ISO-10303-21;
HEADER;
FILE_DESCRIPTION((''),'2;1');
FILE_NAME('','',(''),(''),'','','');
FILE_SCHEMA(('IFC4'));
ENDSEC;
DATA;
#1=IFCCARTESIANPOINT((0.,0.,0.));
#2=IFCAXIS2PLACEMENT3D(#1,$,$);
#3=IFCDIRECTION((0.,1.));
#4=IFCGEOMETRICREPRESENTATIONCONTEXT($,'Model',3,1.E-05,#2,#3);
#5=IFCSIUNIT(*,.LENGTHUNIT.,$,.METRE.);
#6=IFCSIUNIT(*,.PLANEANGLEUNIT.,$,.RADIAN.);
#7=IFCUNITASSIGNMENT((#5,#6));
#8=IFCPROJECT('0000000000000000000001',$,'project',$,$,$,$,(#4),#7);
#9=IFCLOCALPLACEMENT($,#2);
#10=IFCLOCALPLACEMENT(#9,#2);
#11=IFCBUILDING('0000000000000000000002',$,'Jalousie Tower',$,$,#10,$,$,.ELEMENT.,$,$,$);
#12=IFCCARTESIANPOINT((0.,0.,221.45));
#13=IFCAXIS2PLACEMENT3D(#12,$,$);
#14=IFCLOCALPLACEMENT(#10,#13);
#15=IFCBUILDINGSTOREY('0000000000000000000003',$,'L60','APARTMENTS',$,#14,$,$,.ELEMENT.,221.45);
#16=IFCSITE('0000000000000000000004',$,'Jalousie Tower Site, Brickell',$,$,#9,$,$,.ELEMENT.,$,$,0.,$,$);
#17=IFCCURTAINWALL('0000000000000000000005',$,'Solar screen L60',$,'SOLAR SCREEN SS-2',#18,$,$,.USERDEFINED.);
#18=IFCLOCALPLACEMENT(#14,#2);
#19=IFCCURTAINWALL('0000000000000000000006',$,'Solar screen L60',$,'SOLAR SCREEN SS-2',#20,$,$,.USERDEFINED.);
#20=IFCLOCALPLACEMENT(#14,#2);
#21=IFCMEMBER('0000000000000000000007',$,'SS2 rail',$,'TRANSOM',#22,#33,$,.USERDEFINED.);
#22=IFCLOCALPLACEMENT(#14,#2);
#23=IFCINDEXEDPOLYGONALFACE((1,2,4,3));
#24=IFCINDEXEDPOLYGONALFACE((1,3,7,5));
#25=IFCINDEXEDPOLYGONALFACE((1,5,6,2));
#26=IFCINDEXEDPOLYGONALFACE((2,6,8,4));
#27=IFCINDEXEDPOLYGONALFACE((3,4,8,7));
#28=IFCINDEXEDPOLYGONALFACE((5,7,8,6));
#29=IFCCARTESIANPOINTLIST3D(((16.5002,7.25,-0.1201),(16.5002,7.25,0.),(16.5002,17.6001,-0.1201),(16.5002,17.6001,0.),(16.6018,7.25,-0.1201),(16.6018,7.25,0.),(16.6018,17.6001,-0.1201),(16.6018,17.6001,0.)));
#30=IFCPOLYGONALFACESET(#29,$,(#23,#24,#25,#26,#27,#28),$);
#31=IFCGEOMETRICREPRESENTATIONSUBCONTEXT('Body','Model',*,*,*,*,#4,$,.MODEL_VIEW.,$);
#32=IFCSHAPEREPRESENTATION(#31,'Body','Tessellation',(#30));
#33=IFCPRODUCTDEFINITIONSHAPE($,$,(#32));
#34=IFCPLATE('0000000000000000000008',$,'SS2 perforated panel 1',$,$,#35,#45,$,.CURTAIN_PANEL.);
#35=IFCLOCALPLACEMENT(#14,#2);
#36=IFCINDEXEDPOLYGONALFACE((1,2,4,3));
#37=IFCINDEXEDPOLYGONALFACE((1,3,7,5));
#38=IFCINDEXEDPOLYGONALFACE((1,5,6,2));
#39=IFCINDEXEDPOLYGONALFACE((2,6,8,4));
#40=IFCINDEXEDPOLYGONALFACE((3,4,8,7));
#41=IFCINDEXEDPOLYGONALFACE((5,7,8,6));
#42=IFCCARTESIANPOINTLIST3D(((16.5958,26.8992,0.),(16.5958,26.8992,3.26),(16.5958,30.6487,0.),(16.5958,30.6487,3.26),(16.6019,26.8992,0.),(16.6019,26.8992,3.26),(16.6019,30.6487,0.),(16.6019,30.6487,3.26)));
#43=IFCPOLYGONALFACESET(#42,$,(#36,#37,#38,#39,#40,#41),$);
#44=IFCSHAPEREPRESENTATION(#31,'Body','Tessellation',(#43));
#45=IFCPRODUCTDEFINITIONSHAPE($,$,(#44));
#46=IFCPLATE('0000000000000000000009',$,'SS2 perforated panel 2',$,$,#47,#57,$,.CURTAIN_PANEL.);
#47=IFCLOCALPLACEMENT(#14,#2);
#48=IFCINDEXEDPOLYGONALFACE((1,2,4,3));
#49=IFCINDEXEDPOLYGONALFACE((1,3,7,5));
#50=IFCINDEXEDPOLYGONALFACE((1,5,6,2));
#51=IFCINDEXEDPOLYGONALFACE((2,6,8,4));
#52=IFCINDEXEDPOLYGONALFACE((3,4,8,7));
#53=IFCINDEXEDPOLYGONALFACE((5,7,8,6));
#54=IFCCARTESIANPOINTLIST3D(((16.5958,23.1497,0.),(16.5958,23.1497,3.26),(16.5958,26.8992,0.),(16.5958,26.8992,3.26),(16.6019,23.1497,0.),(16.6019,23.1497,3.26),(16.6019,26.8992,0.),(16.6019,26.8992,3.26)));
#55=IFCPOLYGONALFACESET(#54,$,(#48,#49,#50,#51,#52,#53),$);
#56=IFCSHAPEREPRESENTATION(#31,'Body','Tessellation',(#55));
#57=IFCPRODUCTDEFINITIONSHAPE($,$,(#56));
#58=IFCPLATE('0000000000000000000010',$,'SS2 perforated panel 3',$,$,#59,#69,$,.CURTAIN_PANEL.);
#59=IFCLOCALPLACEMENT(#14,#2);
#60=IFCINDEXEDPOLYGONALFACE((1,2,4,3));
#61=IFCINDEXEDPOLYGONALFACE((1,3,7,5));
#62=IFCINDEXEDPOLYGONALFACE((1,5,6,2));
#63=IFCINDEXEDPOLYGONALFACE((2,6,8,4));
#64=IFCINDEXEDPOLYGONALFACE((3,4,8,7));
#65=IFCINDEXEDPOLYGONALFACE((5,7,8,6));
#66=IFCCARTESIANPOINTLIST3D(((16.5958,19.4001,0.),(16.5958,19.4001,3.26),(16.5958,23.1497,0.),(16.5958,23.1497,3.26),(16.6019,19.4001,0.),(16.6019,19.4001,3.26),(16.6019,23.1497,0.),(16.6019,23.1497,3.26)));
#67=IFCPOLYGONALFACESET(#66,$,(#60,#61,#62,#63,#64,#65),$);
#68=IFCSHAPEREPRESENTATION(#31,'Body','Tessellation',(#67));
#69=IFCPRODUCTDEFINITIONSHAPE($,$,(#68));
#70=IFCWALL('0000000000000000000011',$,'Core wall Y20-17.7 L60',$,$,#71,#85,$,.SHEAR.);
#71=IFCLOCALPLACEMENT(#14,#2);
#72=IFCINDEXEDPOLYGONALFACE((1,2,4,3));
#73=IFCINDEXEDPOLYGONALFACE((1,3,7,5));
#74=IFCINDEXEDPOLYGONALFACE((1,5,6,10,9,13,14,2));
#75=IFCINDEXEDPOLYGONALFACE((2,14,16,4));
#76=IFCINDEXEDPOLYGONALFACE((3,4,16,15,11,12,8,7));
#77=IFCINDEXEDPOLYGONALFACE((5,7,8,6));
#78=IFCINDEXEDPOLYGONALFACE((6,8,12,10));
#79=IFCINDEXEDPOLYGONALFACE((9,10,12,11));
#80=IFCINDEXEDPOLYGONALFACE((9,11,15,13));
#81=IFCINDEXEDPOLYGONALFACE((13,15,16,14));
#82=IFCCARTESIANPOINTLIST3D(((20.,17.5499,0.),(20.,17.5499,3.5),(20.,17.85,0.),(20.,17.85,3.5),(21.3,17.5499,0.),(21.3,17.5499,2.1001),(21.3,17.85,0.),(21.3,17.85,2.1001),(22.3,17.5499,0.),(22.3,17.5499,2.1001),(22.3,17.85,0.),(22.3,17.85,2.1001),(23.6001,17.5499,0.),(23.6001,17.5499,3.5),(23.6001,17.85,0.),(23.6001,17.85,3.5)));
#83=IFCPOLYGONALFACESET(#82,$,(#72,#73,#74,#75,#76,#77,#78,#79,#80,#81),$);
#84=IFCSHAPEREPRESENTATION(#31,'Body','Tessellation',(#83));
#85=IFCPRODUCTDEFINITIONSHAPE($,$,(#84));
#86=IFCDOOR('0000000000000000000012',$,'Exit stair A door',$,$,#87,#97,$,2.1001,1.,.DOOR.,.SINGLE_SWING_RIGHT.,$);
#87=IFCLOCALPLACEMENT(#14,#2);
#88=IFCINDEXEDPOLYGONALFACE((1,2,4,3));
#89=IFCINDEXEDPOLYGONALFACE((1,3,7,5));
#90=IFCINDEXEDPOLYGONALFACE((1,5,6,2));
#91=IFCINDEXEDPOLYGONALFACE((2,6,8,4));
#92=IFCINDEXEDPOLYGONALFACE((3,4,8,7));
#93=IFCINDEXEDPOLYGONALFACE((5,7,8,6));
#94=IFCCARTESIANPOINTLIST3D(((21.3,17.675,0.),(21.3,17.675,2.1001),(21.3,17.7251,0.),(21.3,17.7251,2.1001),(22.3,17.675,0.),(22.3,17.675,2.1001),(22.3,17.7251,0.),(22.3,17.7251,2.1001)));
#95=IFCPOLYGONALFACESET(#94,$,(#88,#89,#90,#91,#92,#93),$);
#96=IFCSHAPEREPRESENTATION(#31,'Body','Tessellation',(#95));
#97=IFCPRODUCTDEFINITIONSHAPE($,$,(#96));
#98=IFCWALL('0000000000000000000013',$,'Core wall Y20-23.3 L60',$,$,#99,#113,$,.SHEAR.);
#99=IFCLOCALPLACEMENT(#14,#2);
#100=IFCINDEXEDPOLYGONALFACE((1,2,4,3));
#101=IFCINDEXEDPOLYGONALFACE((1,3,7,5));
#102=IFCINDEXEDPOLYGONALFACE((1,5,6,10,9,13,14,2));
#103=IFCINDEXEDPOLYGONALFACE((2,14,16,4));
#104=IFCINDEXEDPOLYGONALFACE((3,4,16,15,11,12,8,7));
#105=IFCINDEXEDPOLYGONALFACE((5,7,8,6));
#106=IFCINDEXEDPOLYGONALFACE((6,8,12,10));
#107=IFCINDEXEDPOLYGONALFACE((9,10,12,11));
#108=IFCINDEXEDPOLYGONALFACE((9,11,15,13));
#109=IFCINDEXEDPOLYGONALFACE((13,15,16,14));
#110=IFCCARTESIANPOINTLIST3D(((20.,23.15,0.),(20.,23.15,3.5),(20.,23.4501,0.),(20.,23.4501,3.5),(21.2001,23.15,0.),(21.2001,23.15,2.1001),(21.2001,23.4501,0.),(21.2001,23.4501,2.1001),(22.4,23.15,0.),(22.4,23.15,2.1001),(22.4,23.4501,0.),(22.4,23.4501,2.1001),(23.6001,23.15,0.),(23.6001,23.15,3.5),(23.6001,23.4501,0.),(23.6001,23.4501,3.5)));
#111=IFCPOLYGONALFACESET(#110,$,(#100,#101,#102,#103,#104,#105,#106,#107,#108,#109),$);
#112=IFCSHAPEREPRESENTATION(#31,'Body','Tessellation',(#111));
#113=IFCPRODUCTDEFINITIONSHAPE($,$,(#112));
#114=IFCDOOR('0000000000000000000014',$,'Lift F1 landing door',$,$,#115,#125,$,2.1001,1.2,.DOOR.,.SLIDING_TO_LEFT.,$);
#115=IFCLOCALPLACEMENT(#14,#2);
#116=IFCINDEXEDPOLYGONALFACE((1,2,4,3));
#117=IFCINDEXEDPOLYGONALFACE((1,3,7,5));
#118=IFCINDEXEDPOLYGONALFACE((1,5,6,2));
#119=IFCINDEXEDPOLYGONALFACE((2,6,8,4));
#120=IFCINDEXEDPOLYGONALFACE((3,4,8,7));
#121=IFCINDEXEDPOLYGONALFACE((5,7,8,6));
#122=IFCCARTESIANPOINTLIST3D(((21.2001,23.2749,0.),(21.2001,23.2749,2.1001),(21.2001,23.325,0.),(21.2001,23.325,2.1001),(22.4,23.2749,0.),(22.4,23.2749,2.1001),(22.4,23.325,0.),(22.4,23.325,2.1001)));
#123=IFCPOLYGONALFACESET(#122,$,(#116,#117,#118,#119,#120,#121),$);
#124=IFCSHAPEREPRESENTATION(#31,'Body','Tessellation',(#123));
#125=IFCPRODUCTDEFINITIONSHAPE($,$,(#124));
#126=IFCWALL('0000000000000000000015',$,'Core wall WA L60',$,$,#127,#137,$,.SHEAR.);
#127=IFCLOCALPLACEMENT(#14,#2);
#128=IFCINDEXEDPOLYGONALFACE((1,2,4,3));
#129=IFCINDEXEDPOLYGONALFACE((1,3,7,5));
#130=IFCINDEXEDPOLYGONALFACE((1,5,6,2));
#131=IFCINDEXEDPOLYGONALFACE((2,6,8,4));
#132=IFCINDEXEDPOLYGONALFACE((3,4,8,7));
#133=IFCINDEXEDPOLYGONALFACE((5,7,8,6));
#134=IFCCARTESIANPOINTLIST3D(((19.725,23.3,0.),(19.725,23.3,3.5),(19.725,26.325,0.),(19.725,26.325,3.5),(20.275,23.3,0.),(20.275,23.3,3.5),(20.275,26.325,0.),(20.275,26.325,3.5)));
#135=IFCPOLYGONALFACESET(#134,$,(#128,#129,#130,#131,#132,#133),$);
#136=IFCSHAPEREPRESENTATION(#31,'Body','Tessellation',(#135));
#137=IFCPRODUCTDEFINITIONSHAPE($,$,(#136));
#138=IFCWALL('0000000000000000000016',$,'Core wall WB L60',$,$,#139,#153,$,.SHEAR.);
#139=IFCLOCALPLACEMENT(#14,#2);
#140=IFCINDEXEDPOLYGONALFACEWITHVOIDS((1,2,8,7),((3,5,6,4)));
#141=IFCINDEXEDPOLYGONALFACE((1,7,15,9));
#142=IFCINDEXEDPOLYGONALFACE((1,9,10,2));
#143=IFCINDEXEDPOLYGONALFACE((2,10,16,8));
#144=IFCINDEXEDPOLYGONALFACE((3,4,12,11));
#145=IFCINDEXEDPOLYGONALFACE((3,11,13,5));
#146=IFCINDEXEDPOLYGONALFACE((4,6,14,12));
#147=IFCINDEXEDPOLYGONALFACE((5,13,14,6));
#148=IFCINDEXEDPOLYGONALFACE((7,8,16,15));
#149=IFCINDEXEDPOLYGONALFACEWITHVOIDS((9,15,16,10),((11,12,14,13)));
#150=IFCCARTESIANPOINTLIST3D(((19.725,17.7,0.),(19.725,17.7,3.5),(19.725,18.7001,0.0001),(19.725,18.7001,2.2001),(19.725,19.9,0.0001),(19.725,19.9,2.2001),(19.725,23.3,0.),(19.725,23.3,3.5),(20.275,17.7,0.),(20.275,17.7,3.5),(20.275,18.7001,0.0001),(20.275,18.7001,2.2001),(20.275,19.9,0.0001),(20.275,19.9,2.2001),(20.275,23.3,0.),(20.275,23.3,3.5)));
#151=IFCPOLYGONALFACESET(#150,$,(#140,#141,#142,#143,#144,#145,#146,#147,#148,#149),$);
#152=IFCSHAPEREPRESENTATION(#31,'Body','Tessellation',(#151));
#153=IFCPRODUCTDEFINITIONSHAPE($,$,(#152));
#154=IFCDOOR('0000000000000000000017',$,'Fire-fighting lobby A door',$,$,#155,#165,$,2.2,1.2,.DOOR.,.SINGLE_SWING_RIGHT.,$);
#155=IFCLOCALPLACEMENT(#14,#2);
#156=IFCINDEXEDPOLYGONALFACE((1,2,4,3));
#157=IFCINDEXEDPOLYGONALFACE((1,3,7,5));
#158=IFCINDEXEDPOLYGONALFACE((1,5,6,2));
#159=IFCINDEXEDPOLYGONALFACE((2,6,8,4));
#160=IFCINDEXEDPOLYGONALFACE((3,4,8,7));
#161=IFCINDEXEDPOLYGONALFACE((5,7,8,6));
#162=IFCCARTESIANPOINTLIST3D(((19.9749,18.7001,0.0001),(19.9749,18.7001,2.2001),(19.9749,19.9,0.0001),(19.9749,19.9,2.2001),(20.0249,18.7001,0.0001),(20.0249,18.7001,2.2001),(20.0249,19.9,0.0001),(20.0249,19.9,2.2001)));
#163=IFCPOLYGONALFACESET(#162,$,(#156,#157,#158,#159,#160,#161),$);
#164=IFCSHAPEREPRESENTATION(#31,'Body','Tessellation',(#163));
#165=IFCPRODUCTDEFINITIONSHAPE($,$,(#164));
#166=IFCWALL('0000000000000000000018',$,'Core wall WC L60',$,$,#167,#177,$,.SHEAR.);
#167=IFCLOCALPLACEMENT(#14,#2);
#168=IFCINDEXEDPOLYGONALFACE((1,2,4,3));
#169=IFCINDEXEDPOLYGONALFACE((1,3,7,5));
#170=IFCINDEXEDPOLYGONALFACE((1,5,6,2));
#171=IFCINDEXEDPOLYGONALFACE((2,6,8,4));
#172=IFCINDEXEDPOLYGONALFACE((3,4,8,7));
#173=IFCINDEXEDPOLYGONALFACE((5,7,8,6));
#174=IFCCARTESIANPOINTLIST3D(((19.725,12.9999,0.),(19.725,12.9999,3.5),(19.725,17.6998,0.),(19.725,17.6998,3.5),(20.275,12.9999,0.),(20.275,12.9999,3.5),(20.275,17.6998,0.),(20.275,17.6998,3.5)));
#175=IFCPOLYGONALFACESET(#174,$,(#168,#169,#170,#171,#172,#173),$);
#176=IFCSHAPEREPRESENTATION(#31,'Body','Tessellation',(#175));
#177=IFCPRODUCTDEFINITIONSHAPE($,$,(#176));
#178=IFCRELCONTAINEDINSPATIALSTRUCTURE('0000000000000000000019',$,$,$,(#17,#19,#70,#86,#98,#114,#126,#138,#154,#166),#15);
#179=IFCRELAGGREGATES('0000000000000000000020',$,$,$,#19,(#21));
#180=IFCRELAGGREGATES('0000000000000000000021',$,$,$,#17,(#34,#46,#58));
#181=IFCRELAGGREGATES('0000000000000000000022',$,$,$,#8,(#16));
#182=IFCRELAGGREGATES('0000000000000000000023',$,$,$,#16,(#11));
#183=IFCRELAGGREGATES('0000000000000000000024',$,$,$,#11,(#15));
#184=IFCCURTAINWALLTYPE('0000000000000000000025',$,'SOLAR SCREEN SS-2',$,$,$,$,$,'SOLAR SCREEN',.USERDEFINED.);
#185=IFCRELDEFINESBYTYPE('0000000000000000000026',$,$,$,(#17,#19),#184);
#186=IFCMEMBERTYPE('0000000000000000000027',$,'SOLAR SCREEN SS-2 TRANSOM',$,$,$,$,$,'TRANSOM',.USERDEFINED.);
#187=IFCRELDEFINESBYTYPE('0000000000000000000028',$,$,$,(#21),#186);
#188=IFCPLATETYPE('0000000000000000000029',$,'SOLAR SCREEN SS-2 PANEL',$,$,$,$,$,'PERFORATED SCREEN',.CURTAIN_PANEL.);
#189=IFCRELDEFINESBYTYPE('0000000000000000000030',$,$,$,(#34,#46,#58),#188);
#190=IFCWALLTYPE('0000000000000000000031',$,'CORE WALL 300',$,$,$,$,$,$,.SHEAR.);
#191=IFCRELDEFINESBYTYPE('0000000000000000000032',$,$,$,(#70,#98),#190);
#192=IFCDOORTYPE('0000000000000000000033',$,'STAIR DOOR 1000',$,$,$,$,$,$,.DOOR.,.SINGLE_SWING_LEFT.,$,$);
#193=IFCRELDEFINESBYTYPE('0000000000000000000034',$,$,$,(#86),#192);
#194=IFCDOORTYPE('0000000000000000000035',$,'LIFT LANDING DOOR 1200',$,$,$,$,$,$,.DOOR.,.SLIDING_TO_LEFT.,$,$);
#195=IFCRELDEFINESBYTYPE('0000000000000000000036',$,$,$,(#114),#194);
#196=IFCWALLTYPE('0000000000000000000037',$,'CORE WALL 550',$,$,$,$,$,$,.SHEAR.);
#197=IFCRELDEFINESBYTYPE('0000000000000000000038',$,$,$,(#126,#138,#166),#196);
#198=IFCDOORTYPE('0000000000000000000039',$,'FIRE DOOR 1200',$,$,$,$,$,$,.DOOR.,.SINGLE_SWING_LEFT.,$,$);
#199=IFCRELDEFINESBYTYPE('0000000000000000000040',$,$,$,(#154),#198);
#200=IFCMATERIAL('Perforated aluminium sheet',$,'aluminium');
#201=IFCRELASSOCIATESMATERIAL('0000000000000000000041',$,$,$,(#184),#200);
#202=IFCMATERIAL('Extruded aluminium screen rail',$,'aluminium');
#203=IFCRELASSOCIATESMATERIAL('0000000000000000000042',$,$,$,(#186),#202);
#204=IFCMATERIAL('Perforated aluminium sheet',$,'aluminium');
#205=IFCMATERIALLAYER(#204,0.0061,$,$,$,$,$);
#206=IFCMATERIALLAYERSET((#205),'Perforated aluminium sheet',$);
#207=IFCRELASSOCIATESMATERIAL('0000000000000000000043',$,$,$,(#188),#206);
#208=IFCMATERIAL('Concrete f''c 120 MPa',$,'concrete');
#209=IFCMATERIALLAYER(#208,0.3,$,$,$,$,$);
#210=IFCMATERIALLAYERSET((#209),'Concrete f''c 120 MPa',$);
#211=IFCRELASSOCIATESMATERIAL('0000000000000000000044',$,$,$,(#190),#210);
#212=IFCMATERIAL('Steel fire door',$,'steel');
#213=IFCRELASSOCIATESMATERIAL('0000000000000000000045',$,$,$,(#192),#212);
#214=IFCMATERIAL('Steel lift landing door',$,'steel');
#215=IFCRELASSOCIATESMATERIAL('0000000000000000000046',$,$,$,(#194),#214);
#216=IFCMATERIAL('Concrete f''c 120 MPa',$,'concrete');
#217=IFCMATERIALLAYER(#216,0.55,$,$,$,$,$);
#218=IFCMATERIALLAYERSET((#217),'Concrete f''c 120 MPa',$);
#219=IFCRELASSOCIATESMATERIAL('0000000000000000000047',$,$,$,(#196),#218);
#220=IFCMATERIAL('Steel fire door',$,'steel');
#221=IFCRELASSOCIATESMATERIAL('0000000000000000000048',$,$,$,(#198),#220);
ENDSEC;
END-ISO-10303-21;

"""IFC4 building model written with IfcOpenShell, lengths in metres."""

from ifc_helpers import new_model, si_unit, direction, frame, frame_2d, origin, origin_2d, place, context, subcontext, project, spatial, rectangle, extrude, material, layer, layer_set, material_profile, profile_set, type_object, element, fill, aggregate, save


model = new_model("IFC4")

# Units and contexts
model_context = context("Model", 3, precision=1e-05, world=origin(), true_north=direction((0.0, 1.0)))
body_context = subcontext(model_context, "Body", "Model", "MODEL_VIEW")
ifc_project = project(units=[si_unit("LENGTHUNIT", "METRE"), si_unit("PLANEANGLEUNIT", "RADIAN")], contexts=[model_context])

# Site, building, storey
site_placement = place(None, origin())
site = spatial("IfcSite", under=ifc_project, at=site_placement, Name="Jalousie Tower Site, Brickell", CompositionType="ELEMENT", RefElevation=0.0)
building_placement = place(site_placement, origin())
building = spatial("IfcBuilding", under=site, at=building_placement, Name="Jalousie Tower", CompositionType="ELEMENT")
storey_placement = place(building_placement, frame((0.0, 0.0, 221.45)))
storey = spatial("IfcBuildingStorey", under=building, at=storey_placement, Name="L60", Description="APARTMENTS", CompositionType="ELEMENT", Elevation=221.45)

# Curtain walls, member
ifc_material_1 = material(Name="Perforated aluminium sheet", Category="aluminium")
curtain_wall_type = type_object("IfcCurtainWallType", Name="SOLAR SCREEN SS-2", ElementType="SOLAR SCREEN", PredefinedType="USERDEFINED", material=ifc_material_1)
curtain_wall_1_placement = place(storey_placement, origin())
curtain_wall_1 = element("IfcCurtainWall", 1, at=curtain_wall_1_placement, inside=storey, type_object=curtain_wall_type, Name="Solar screen L60", ObjectType="SOLAR SCREEN SS-2", PredefinedType="USERDEFINED")
curtain_wall_2_placement = place(storey_placement, origin())
curtain_wall_2 = element("IfcCurtainWall", 2, at=curtain_wall_2_placement, inside=storey, type_object=curtain_wall_type, Name="Solar screen L60", ObjectType="SOLAR SCREEN SS-2", PredefinedType="USERDEFINED")
ifc_material_2 = material(Name="Extruded aluminium screen rail", Category="aluminium")
ifc_material_profile_1 = material_profile(ifc_material_2, rectangle(XDim=0.1016, YDim=0.1201, at=origin_2d()), Name="RAIL 102x120")
ifc_profile_set_1 = profile_set([ifc_material_profile_1], Name="Extruded aluminium screen rail")
member_type_1 = type_object("IfcMemberType", Name="SOLAR SCREEN SS-2 TRANSOM", ElementType="TRANSOM", PredefinedType="USERDEFINED", material=ifc_profile_set_1)
member_1_placement = place(storey_placement, frame((16.551, 17.6001, -0.0601), z_axis=(0.0, -1.0, 0.0), x_axis=(1.0, 0.0, 0.0)))
member_1 = element("IfcMember", 3, at=member_1_placement, type_object=member_type_1, Name="SS2 rail", ObjectType="TRANSOM", PredefinedType="USERDEFINED", context=body_context, shape_type="SweptSolid", body=[
    extrude(rectangle(XDim=0.1016, YDim=0.1201, at=origin_2d()), origin(), (0.0, 0.0, 1.0), 10.3501),
])
aggregate(curtain_wall_2, [member_1])

# Plates
ifc_material_3 = material(Name="Perforated aluminium sheet", Category="aluminium")
ifc_layer_1 = layer(ifc_material_3, 0.0061)
ifc_layer_set_1 = layer_set([ifc_layer_1], Name="Perforated aluminium sheet")
plate_type = type_object("IfcPlateType", Name="SOLAR SCREEN SS-2 PANEL", ElementType="PERFORATED SCREEN", PredefinedType="CURTAIN_PANEL", material=ifc_layer_set_1)
plate_1_placement = place(storey_placement, frame((16.5989, 28.7739, 0.0), z_axis=(0.0, 0.0, 1.0), x_axis=(0.0, -1.0, 0.0)))
plate_1 = element("IfcPlate", 4, at=plate_1_placement, type_object=plate_type, Name="SS2 perforated panel 1", PredefinedType="CURTAIN_PANEL", context=body_context, shape_type="SweptSolid", body=[
    extrude(rectangle(XDim=3.7495, YDim=0.0061, at=origin_2d()), origin(), (0.0, 0.0, 1.0), 3.26),
])
plate_2_placement = place(storey_placement, frame((16.5989, 25.0244, 0.0), z_axis=(0.0, 0.0, 1.0), x_axis=(0.0, -1.0, 0.0)))
plate_2 = element("IfcPlate", 5, at=plate_2_placement, type_object=plate_type, Name="SS2 perforated panel 2", PredefinedType="CURTAIN_PANEL", context=body_context, shape_type="SweptSolid", body=[
    extrude(rectangle(XDim=3.7495, YDim=0.0061, at=origin_2d()), origin(), (0.0, 0.0, 1.0), 3.26),
])
plate_3_placement = place(storey_placement, frame((16.5989, 21.2749, 0.0), z_axis=(0.0, 0.0, 1.0), x_axis=(0.0, -1.0, 0.0)))
plate_3 = element("IfcPlate", 6, at=plate_3_placement, type_object=plate_type, Name="SS2 perforated panel 3", PredefinedType="CURTAIN_PANEL", context=body_context, shape_type="SweptSolid", body=[
    extrude(rectangle(XDim=3.7495, YDim=0.0061, at=origin_2d()), origin(), (0.0, 0.0, 1.0), 3.26),
])
aggregate(curtain_wall_1, [plate_1, plate_2, plate_3])

# Walls, openings, doors
ifc_material_4 = material(Name="Concrete f'c 120 MPa", Category="concrete")
ifc_layer_2 = layer(ifc_material_4, 0.3)
ifc_layer_set_2 = layer_set([ifc_layer_2], Name="Concrete f'c 120 MPa")
wall_type_1 = type_object("IfcWallType", Name="CORE WALL 300", PredefinedType="SHEAR", material=ifc_layer_set_2)
wall_1_placement = place(storey_placement, frame((20.0, 17.7, 0.0), z_axis=(0.0, 0.0, 1.0), x_axis=(1.0, 0.0, 0.0)))
wall_1 = element("IfcWall", 7, at=wall_1_placement, inside=storey, type_object=wall_type_1, Name="Core wall Y20-17.7 L60", PredefinedType="SHEAR", context=body_context, shape_type="SweptSolid", body=[
    extrude(rectangle(XDim=3.6001, YDim=0.3, at=frame_2d((1.8, 0.0))), origin(), (0.0, 0.0, 1.0), 3.5),
])
opening_1_placement = place(wall_1_placement, frame((1.3, 0.0, 0.0)))
opening_1 = element("IfcOpeningElement", 8, at=opening_1_placement, cuts=wall_1, PredefinedType="OPENING", context=body_context, shape_type="SweptSolid", body=[
    extrude(rectangle(XDim=1.0, YDim=2.1001, at=frame_2d((0.5, 1.05))), frame((0.0, 0.1599, 0.0), z_axis=(0.0, -1.0, 0.0), x_axis=(1.0, 0.0, 0.0)), (0.0, 0.0, 1.0), 0.3201),
])
ifc_material_5 = material(Name="Steel fire door", Category="steel")
door_type_1 = type_object("IfcDoorType", Name="STAIR DOOR 1000", OperationType="SINGLE_SWING_LEFT", PredefinedType="DOOR", material=ifc_material_5)
door_1_placement = place(opening_1_placement, frame((1.0, 0.0, 0.0), z_axis=(0.0, 0.0, 1.0), x_axis=(-1.0, 0.0, 0.0)))
door_1 = element("IfcDoor", 9, at=door_1_placement, inside=storey, type_object=door_type_1, Name="Exit stair A door", OperationType="SINGLE_SWING_RIGHT", OverallHeight=2.1001, OverallWidth=1.0, PredefinedType="DOOR", context=body_context, shape_type="SweptSolid", body=[
    extrude(rectangle(XDim=1.0, YDim=2.1001, at=frame_2d((0.5, 1.05))), frame((0.0, 0.0249, 0.0), z_axis=(0.0, -1.0, 0.0), x_axis=(1.0, 0.0, 0.0)), (0.0, 0.0, 1.0), 0.05),
])
fill(opening_1, door_1)
wall_2_placement = place(storey_placement, frame((20.0, 23.3, 0.0), z_axis=(0.0, 0.0, 1.0), x_axis=(1.0, 0.0, 0.0)))
wall_2 = element("IfcWall", 10, at=wall_2_placement, inside=storey, type_object=wall_type_1, Name="Core wall Y20-23.3 L60", PredefinedType="SHEAR", context=body_context, shape_type="SweptSolid", body=[
    extrude(rectangle(XDim=3.6001, YDim=0.3, at=frame_2d((1.8, 0.0))), origin(), (0.0, 0.0, 1.0), 3.5),
])
opening_2_placement = place(wall_2_placement, frame((1.2, 0.0, 0.0)))
opening_2 = element("IfcOpeningElement", 11, at=opening_2_placement, cuts=wall_2, PredefinedType="OPENING", context=body_context, shape_type="SweptSolid", body=[
    extrude(rectangle(XDim=1.2, YDim=2.1001, at=frame_2d((0.6001, 1.05))), frame((0.0, 0.1599, 0.0), z_axis=(0.0, -1.0, 0.0), x_axis=(1.0, 0.0, 0.0)), (0.0, 0.0, 1.0), 0.3201),
])
ifc_material_6 = material(Name="Steel lift landing door", Category="steel")
door_type_2 = type_object("IfcDoorType", Name="LIFT LANDING DOOR 1200", OperationType="SLIDING_TO_LEFT", PredefinedType="DOOR", material=ifc_material_6)
door_2_placement = place(opening_2_placement, origin())
door_2 = element("IfcDoor", 12, at=door_2_placement, inside=storey, type_object=door_type_2, Name="Lift F1 landing door", OperationType="SLIDING_TO_LEFT", OverallHeight=2.1001, OverallWidth=1.2, PredefinedType="DOOR", context=body_context, shape_type="SweptSolid", body=[
    extrude(rectangle(XDim=1.2, YDim=2.1001, at=frame_2d((0.6001, 1.05))), frame((0.0, 0.0249, 0.0), z_axis=(0.0, -1.0, 0.0), x_axis=(1.0, 0.0, 0.0)), (0.0, 0.0, 1.0), 0.05),
])
fill(opening_2, door_2)

# Wall
ifc_material_7 = material(Name="Concrete f'c 120 MPa", Category="concrete")
ifc_layer_3 = layer(ifc_material_7, 0.55)
ifc_layer_set_3 = layer_set([ifc_layer_3], Name="Concrete f'c 120 MPa")
wall_type_2 = type_object("IfcWallType", Name="CORE WALL 550", PredefinedType="SHEAR", material=ifc_layer_set_3)
wall_3_placement = place(storey_placement, frame((20.0, 26.325, 0.0), z_axis=(0.0, 0.0, 1.0), x_axis=(0.0, -1.0, 0.0)))
element("IfcWall", 13, at=wall_3_placement, inside=storey, type_object=wall_type_2, Name="Core wall WA L60", PredefinedType="SHEAR", context=body_context, shape_type="SweptSolid", body=[
    extrude(rectangle(XDim=3.0249, YDim=0.55, at=frame_2d((1.5125, 0.0))), origin(), (0.0, 0.0, 1.0), 3.5),
])

# Wall, opening, door
wall_4_placement = place(storey_placement, frame((20.0, 23.3, 0.0), z_axis=(0.0, 0.0, 1.0), x_axis=(0.0, -1.0, 0.0)))
wall_4 = element("IfcWall", 14, at=wall_4_placement, inside=storey, type_object=wall_type_2, Name="Core wall WB L60", PredefinedType="SHEAR", context=body_context, shape_type="SweptSolid", body=[
    extrude(rectangle(XDim=5.6001, YDim=0.55, at=frame_2d((2.8, 0.0))), origin(), (0.0, 0.0, 1.0), 3.5),
])
opening_3_placement = place(wall_4_placement, frame((3.3999, 0.0, 0.0)))
opening_3 = element("IfcOpeningElement", 15, at=opening_3_placement, cuts=wall_4, PredefinedType="OPENING", context=body_context, shape_type="SweptSolid", body=[
    extrude(rectangle(XDim=1.2, YDim=2.2, at=frame_2d((0.6001, 1.1001))), frame((0.0, 0.2849, 0.0), z_axis=(0.0, -1.0, 0.0), x_axis=(1.0, 0.0, 0.0)), (0.0, 0.0, 1.0), 0.5701),
])
ifc_material_8 = material(Name="Steel fire door", Category="steel")
door_type_3 = type_object("IfcDoorType", Name="FIRE DOOR 1200", OperationType="SINGLE_SWING_LEFT", PredefinedType="DOOR", material=ifc_material_8)
door_3_placement = place(opening_3_placement, origin())
door_3 = element("IfcDoor", 16, at=door_3_placement, inside=storey, type_object=door_type_3, Name="Fire-fighting lobby A door", OperationType="SINGLE_SWING_RIGHT", OverallHeight=2.2, OverallWidth=1.2, PredefinedType="DOOR", context=body_context, shape_type="SweptSolid", body=[
    extrude(rectangle(XDim=1.2, YDim=2.2, at=frame_2d((0.6001, 1.1001))), frame((0.0, 0.0249, 0.0), z_axis=(0.0, -1.0, 0.0), x_axis=(1.0, 0.0, 0.0)), (0.0, 0.0, 1.0), 0.05),
])
fill(opening_3, door_3)

# Wall
wall_5_placement = place(storey_placement, frame((20.0, 17.7, 0.0), z_axis=(0.0, 0.0, 1.0), x_axis=(0.0, -1.0, 0.0)))
element("IfcWall", 17, at=wall_5_placement, inside=storey, type_object=wall_type_2, Name="Core wall WC L60", PredefinedType="SHEAR", context=body_context, shape_type="SweptSolid", body=[
    extrude(rectangle(XDim=4.7, YDim=0.55, at=frame_2d((2.3501, 0.0))), origin(), (0.0, 0.0, 1.0), 3.5),
])

save(model, "model.ifc")
